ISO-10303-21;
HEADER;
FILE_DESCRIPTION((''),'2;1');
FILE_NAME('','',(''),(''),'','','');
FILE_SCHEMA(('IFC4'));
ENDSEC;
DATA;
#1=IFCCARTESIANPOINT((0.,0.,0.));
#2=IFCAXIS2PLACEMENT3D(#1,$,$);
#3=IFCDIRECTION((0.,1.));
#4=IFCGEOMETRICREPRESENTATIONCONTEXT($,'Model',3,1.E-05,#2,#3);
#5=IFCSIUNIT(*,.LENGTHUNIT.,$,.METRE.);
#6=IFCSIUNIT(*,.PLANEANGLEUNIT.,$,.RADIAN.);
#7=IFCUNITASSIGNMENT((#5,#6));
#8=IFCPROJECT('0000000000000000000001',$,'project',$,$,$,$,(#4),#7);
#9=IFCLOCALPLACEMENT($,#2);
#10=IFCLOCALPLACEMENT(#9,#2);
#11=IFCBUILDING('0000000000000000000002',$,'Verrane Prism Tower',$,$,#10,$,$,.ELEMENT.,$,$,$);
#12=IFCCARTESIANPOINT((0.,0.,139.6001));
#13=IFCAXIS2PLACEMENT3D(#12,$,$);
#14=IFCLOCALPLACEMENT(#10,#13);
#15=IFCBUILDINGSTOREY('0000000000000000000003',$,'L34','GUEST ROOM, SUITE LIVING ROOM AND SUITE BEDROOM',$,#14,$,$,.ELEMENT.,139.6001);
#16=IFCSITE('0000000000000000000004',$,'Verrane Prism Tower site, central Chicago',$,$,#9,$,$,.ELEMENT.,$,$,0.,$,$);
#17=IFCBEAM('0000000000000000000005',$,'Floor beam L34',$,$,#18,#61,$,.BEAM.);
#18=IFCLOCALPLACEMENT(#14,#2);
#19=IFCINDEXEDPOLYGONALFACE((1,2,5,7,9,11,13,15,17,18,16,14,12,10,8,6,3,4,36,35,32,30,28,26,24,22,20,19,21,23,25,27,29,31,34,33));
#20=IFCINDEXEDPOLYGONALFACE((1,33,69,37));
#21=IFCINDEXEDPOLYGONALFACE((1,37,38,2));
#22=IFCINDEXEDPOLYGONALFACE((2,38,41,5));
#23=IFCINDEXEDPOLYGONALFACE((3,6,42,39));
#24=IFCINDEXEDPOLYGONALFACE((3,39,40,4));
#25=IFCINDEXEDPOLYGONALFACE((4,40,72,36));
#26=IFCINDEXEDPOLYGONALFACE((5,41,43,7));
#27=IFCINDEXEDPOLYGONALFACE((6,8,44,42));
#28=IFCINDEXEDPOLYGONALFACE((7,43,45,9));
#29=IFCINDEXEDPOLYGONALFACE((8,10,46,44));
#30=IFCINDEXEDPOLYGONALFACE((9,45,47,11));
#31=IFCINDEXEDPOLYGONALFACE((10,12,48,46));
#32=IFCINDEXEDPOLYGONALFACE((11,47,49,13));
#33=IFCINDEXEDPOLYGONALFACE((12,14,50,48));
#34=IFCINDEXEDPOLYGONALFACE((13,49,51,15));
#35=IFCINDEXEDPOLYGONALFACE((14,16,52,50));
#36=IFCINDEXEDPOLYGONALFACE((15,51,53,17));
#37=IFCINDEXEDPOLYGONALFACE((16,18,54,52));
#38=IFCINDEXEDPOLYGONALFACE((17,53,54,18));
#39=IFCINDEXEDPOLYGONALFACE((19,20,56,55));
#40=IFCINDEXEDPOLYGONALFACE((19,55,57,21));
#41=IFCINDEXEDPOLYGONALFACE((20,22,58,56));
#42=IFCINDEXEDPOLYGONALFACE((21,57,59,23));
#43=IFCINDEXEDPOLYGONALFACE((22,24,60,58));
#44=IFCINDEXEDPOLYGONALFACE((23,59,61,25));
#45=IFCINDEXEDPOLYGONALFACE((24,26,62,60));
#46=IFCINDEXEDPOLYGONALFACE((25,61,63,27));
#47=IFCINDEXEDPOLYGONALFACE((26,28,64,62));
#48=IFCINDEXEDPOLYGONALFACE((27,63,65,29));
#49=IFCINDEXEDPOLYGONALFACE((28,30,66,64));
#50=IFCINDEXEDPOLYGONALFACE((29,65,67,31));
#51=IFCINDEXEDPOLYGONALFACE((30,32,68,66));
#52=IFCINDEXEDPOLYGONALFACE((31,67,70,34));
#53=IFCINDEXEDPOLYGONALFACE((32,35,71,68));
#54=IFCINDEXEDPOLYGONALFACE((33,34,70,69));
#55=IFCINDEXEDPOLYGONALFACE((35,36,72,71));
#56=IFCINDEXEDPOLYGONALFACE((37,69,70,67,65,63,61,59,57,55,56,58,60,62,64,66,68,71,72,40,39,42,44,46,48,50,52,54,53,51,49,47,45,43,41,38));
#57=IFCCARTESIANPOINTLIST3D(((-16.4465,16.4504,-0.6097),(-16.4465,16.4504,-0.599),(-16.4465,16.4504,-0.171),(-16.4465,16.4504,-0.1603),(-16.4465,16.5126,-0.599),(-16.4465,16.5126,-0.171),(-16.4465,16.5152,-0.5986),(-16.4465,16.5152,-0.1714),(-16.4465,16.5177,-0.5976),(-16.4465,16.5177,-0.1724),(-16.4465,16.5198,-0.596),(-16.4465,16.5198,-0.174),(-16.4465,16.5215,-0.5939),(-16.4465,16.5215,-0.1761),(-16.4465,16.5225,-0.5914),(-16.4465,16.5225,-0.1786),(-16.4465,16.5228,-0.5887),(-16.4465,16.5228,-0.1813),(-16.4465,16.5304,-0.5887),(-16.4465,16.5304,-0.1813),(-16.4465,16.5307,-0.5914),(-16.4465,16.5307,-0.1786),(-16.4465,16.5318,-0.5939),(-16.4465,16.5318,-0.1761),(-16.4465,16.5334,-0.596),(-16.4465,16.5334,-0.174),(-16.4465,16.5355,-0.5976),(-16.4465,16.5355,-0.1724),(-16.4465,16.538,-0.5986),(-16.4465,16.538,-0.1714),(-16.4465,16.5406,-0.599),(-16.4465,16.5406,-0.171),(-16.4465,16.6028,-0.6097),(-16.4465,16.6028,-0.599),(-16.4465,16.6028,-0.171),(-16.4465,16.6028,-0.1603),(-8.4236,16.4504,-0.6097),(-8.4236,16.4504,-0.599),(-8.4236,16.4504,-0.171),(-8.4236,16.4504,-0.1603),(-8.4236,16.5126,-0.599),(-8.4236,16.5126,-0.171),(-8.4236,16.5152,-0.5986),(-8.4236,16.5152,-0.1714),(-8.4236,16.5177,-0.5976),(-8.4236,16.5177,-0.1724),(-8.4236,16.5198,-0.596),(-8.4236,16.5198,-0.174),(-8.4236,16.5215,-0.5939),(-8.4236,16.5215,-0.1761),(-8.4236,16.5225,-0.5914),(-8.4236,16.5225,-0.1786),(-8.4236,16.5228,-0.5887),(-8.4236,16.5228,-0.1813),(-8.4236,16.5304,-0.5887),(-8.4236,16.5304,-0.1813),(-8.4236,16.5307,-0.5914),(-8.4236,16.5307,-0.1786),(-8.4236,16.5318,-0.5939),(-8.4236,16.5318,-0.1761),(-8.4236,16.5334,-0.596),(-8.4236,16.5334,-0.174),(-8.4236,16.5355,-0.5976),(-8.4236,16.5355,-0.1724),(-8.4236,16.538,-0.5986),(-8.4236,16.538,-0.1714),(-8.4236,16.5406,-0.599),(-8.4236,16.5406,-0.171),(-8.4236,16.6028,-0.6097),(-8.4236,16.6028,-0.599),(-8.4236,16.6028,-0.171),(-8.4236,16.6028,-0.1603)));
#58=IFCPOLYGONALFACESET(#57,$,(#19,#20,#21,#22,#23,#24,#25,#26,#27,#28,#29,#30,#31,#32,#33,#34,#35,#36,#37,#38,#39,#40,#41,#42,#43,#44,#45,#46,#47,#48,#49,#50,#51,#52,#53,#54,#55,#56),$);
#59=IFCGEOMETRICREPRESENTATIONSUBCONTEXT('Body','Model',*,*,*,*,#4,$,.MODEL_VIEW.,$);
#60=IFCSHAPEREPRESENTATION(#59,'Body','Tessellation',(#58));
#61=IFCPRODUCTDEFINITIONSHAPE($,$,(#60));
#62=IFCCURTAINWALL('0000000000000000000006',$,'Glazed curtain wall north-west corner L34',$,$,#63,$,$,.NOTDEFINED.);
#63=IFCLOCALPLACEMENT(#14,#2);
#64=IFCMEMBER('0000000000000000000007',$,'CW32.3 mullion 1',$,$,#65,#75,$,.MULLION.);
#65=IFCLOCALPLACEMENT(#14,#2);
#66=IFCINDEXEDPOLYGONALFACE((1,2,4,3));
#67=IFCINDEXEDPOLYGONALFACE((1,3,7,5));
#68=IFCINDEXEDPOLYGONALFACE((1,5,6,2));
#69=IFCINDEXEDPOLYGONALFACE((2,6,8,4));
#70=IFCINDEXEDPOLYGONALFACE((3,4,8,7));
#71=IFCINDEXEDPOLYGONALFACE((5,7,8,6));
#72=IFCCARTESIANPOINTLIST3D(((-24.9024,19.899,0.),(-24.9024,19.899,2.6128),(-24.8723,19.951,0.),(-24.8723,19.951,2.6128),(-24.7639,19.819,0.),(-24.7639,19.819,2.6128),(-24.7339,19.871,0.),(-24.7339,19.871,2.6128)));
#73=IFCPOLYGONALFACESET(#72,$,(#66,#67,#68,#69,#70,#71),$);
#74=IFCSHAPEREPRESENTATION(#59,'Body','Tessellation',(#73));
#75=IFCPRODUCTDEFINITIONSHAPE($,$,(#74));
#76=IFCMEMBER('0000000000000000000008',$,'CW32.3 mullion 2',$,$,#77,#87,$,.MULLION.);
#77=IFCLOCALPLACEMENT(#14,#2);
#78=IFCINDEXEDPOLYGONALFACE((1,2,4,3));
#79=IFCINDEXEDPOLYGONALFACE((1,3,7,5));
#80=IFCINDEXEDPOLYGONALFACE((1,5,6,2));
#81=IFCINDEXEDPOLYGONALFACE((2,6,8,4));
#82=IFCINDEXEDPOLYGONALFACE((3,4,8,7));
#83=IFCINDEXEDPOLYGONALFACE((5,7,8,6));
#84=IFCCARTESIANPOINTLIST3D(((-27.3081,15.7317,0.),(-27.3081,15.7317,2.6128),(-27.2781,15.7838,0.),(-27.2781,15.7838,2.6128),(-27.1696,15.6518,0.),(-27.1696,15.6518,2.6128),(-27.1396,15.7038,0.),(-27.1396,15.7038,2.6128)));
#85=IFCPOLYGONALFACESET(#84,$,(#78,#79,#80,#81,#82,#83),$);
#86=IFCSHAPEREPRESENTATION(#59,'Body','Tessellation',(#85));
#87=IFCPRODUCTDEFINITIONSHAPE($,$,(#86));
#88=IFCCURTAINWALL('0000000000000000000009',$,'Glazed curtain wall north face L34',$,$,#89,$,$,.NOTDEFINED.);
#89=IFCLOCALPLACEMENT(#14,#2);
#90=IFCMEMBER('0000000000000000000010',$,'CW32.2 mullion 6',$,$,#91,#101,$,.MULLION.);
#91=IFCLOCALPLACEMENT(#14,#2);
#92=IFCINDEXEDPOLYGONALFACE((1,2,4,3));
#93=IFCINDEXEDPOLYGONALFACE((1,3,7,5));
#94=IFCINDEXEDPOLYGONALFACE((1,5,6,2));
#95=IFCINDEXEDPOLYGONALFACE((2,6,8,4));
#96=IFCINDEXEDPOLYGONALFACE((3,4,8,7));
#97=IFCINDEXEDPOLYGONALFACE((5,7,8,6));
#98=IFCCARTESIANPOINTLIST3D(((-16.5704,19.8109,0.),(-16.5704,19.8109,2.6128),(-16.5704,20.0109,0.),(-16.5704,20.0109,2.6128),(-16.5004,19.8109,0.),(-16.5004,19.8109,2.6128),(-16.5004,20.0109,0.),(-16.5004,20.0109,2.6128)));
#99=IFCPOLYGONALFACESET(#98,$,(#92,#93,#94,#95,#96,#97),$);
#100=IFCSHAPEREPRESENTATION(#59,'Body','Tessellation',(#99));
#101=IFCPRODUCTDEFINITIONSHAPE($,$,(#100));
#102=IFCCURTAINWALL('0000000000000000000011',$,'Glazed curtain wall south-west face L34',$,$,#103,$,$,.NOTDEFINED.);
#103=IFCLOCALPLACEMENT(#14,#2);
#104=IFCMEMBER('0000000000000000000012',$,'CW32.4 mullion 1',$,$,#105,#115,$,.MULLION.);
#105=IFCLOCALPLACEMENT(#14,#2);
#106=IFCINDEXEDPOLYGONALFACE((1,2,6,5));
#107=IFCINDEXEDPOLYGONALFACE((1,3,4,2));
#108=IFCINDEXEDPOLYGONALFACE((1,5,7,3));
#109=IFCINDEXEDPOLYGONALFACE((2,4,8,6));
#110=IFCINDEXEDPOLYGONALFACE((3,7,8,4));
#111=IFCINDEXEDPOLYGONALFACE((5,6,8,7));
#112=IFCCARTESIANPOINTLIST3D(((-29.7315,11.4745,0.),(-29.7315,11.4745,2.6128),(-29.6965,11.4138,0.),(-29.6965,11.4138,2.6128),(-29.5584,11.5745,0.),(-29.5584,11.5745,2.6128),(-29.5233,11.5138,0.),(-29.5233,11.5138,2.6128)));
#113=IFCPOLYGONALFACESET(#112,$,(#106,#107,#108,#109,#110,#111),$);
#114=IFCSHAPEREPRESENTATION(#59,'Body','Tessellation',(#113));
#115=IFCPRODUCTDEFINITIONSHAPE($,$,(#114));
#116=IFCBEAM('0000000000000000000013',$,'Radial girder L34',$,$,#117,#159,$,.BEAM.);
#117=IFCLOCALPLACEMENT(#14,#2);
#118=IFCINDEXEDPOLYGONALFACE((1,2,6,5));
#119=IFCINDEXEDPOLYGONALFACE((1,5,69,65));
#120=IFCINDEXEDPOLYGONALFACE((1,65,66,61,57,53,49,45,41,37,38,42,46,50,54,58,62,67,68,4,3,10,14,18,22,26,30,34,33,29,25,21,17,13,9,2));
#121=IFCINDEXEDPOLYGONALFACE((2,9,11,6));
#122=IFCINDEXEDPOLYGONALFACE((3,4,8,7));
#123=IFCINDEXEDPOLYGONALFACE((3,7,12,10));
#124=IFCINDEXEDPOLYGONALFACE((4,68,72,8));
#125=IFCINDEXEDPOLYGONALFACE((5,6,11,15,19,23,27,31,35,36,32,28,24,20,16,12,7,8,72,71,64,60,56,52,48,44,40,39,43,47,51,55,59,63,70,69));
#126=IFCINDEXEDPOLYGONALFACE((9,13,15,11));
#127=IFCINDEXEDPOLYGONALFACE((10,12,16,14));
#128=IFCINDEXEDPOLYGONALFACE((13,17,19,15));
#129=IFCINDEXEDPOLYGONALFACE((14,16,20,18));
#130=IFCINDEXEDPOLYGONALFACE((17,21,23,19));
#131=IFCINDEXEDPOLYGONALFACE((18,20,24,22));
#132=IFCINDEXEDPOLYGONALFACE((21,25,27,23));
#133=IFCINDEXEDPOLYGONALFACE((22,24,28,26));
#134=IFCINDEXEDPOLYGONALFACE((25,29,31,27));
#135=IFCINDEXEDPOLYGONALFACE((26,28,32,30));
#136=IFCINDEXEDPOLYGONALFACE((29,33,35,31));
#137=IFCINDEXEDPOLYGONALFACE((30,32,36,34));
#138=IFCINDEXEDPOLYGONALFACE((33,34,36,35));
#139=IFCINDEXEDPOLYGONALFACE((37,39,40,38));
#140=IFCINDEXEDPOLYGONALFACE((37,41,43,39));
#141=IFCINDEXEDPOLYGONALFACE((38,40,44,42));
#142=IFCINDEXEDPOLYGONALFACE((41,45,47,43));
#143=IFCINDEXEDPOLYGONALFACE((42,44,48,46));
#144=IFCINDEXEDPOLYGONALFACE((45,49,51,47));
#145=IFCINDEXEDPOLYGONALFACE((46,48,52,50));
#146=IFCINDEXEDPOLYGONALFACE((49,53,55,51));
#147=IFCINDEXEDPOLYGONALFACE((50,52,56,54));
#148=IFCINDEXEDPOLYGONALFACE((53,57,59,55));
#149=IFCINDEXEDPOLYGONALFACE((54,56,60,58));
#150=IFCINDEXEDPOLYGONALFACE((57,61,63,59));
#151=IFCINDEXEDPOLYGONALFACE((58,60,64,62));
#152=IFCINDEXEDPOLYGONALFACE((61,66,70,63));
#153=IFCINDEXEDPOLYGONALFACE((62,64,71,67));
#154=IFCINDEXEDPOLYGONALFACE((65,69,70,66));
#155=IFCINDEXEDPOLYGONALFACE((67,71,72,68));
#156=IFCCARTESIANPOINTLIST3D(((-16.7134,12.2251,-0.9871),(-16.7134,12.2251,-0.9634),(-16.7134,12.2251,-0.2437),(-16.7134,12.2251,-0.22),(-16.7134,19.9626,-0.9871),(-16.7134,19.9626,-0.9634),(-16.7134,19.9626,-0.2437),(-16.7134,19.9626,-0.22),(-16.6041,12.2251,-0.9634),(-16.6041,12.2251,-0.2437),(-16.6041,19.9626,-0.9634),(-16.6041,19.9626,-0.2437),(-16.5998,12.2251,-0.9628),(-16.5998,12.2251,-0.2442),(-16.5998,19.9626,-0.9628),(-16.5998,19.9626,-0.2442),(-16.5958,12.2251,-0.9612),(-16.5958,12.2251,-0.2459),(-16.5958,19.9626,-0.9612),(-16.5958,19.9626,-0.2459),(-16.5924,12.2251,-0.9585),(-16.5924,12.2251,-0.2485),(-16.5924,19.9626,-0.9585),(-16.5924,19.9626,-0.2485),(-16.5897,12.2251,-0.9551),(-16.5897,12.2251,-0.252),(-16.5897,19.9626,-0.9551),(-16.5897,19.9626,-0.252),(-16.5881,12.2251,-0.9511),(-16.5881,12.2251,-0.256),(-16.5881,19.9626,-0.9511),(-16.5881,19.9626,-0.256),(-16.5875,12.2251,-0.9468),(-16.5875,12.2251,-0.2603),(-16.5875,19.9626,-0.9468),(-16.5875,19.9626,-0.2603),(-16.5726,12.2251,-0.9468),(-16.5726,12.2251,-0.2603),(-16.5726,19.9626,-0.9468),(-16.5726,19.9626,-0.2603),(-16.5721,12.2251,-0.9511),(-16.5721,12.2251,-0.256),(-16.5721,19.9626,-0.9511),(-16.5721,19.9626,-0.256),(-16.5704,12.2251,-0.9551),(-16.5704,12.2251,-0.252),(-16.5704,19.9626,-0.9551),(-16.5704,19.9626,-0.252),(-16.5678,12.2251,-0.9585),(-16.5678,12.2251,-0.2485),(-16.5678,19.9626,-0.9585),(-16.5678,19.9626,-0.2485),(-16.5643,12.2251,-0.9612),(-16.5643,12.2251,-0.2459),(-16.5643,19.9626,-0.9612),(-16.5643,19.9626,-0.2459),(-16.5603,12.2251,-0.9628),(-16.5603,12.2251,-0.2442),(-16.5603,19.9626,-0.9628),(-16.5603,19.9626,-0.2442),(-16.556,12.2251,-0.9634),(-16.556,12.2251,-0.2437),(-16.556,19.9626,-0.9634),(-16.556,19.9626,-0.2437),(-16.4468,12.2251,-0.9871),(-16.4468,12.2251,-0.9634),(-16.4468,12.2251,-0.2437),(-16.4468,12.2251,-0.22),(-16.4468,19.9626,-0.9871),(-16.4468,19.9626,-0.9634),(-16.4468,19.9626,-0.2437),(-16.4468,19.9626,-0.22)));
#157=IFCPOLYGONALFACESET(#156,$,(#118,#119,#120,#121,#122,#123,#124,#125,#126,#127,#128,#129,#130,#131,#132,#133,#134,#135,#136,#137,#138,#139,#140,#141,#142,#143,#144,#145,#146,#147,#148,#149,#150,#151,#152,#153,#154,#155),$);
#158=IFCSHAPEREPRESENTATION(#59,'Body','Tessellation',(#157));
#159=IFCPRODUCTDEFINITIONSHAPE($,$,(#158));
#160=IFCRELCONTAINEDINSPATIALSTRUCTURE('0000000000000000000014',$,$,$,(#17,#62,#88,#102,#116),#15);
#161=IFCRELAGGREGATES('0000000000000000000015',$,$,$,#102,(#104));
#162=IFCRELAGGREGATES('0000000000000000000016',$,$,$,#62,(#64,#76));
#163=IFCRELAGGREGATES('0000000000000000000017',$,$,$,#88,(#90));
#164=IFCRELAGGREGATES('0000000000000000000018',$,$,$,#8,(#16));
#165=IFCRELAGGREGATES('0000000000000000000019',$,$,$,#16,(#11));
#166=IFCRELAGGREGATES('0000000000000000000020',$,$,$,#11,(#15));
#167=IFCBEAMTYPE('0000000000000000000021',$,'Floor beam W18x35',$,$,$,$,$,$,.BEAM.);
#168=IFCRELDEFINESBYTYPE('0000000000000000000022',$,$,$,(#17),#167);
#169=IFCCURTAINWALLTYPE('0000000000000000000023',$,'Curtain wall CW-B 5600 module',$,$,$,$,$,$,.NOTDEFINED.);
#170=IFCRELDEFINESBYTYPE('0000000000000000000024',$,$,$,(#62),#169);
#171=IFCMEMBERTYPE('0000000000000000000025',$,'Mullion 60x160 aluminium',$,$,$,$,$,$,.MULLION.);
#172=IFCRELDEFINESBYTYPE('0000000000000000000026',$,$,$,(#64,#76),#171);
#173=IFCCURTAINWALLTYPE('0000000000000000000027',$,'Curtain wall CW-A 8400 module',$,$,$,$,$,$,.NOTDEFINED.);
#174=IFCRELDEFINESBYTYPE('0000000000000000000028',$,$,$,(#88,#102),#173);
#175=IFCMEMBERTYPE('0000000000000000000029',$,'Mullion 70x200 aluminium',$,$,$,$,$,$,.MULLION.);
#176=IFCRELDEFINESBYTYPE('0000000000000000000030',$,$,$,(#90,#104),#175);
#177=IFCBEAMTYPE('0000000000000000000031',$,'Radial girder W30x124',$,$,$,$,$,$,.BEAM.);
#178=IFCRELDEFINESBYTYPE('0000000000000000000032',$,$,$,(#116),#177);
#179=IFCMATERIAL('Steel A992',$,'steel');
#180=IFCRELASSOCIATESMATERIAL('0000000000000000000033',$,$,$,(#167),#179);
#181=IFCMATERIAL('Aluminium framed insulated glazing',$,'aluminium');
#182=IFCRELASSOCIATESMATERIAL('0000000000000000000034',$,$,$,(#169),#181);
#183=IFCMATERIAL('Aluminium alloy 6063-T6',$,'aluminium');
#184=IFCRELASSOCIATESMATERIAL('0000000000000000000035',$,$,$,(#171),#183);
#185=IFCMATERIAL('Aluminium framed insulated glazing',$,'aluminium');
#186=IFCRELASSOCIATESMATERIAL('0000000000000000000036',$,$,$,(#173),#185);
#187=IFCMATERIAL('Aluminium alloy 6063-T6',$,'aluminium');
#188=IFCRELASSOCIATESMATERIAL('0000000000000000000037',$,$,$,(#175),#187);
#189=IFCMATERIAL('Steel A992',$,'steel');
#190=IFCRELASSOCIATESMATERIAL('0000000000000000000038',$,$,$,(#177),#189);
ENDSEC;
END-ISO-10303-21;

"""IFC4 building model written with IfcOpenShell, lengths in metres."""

from ifc_helpers import new_model, si_unit, direction, frame, origin, origin_2d, place, context, subcontext, project, spatial, rectangle, i_section, extrude, material, material_profile, profile_set, type_object, element, aggregate, save


model = new_model("IFC4")

# Units and contexts
model_context = context("Model", 3, precision=1e-05, world=origin(), true_north=direction((0.0, 1.0)))
body_context = subcontext(model_context, "Body", "Model", "MODEL_VIEW")
ifc_project = project(units=[si_unit("LENGTHUNIT", "METRE"), si_unit("PLANEANGLEUNIT", "RADIAN")], contexts=[model_context])

# Site, building, storey
site_placement = place(None, origin())
site = spatial("IfcSite", under=ifc_project, at=site_placement, Name="Verrane Prism Tower site, central Chicago", CompositionType="ELEMENT", RefElevation=0.0)
building_placement = place(site_placement, origin())
building = spatial("IfcBuilding", under=site, at=building_placement, Name="Verrane Prism Tower", CompositionType="ELEMENT")
storey_placement = place(building_placement, frame((0.0, 0.0, 139.6001)))
storey = spatial("IfcBuildingStorey", under=building, at=storey_placement, Name="L34", Description="GUEST ROOM, SUITE LIVING ROOM AND SUITE BEDROOM", CompositionType="ELEMENT", Elevation=139.6001)

# Beam
ifc_material_1 = material(Name="Steel A992", Category="steel")
ifc_material_profile_1 = material_profile(ifc_material_1, i_section(OverallWidth=0.1523, OverallDepth=0.4495, WebThickness=0.0076, FlangeThickness=0.0107, FilletRadius=0.0103, at=origin_2d()), Name="W18x35")
ifc_profile_set_1 = profile_set([ifc_material_profile_1], Name="Steel A992")
beam_type_1 = type_object("IfcBeamType", Name="Floor beam W18x35", PredefinedType="BEAM", material=ifc_profile_set_1)
for number, where, z_axis, x_axis, name in (
    (1, (-16.4465, 16.5266, -0.385), (1.0, 0.0, 0.0), (0.0, 1.0, 0.0), "Floor beam L34"),
):
    element("IfcBeam", number, at=place(storey_placement, frame(where, z_axis=z_axis, x_axis=x_axis)), inside=storey, type_object=beam_type_1, Name=name, PredefinedType="BEAM", context=body_context, shape_type="SweptSolid", body=[
        extrude(i_section(OverallWidth=0.1523, OverallDepth=0.4495, WebThickness=0.0076, FlangeThickness=0.0107, FilletRadius=0.0103, at=origin_2d()), origin(), (0.0, 0.0, 1.0), 8.0229),
    ])

# Curtain wall, members
ifc_material_2 = material(Name="Aluminium framed insulated glazing", Category="aluminium")
curtain_wall_type_1 = type_object("IfcCurtainWallType", Name="Curtain wall CW-B 5600 module", PredefinedType="NOTDEFINED", material=ifc_material_2)
curtain_wall_1_placement = place(storey_placement, origin())
curtain_wall_1 = element("IfcCurtainWall", 2, at=curtain_wall_1_placement, inside=storey, type_object=curtain_wall_type_1, Name="Glazed curtain wall north-west corner L34", PredefinedType="NOTDEFINED")
ifc_material_3 = material(Name="Aluminium alloy 6063-T6", Category="aluminium")
ifc_material_profile_2 = material_profile(ifc_material_3, rectangle(XDim=0.1599, YDim=0.0601, at=origin_2d()), Name="Mullion 60x160 aluminium")
ifc_profile_set_2 = profile_set([ifc_material_profile_2], Name="Aluminium alloy 6063-T6")
member_type_1 = type_object("IfcMemberType", Name="Mullion 60x160 aluminium", PredefinedType="MULLION", material=ifc_profile_set_2)
member_1_placement = place(storey_placement, frame((-24.8181, 19.885, 0.0), z_axis=(0.0, 0.0, 1.0), x_axis=(0.866028, -0.499996, 0.0)))
member_1 = element("IfcMember", 3, at=member_1_placement, type_object=member_type_1, Name="CW32.3 mullion 1", PredefinedType="MULLION", context=body_context, shape_type="SweptSolid", body=[
    extrude(rectangle(XDim=0.1599, YDim=0.0601, at=origin_2d()), origin(), (0.0, 0.0, 1.0), 2.6128),
])
member_2_placement = place(storey_placement, frame((-27.2239, 15.7178, 0.0), z_axis=(0.0, 0.0, 1.0), x_axis=(0.866028, -0.499996, 0.0)))
member_2 = element("IfcMember", 4, at=member_2_placement, type_object=member_type_1, Name="CW32.3 mullion 2", PredefinedType="MULLION", context=body_context, shape_type="SweptSolid", body=[
    extrude(rectangle(XDim=0.1599, YDim=0.0601, at=origin_2d()), origin(), (0.0, 0.0, 1.0), 2.6128),
])

# Curtain walls, members
ifc_material_4 = material(Name="Aluminium framed insulated glazing", Category="aluminium")
curtain_wall_type_2 = type_object("IfcCurtainWallType", Name="Curtain wall CW-A 8400 module", PredefinedType="NOTDEFINED", material=ifc_material_4)
curtain_wall_2_placement = place(storey_placement, origin())
curtain_wall_2 = element("IfcCurtainWall", 5, at=curtain_wall_2_placement, inside=storey, type_object=curtain_wall_type_2, Name="Glazed curtain wall north face L34", PredefinedType="NOTDEFINED")
ifc_material_5 = material(Name="Aluminium alloy 6063-T6", Category="aluminium")
ifc_material_profile_3 = material_profile(ifc_material_5, rectangle(XDim=0.2, YDim=0.0701, at=origin_2d()), Name="Mullion 70x200 aluminium")
ifc_profile_set_3 = profile_set([ifc_material_profile_3], Name="Aluminium alloy 6063-T6")
member_type_2 = type_object("IfcMemberType", Name="Mullion 70x200 aluminium", PredefinedType="MULLION", material=ifc_profile_set_3)
member_3_placement = place(storey_placement, frame((-16.5354, 19.9109, 0.0), z_axis=(0.0, 0.0, 1.0), x_axis=(0.0, -1.0, 0.0)))
member_3 = element("IfcMember", 6, at=member_3_placement, type_object=member_type_2, Name="CW32.2 mullion 6", PredefinedType="MULLION", context=body_context, shape_type="SweptSolid", body=[
    extrude(rectangle(XDim=0.2, YDim=0.0701, at=origin_2d()), origin(), (0.0, 0.0, 1.0), 2.6128),
])
curtain_wall_3_placement = place(storey_placement, origin())
curtain_wall_3 = element("IfcCurtainWall", 7, at=curtain_wall_3_placement, inside=storey, type_object=curtain_wall_type_2, Name="Glazed curtain wall south-west face L34", PredefinedType="NOTDEFINED")
member_4_placement = place(storey_placement, frame((-29.6274, 11.4941, 0.0), z_axis=(0.0, 0.0, 1.0), x_axis=(0.866025, 0.5, 0.0)))
member_4 = element("IfcMember", 8, at=member_4_placement, type_object=member_type_2, Name="CW32.4 mullion 1", PredefinedType="MULLION", context=body_context, shape_type="SweptSolid", body=[
    extrude(rectangle(XDim=0.2, YDim=0.0701, at=origin_2d()), origin(), (0.0, 0.0, 1.0), 2.6128),
])

# Beam
ifc_material_6 = material(Name="Steel A992", Category="steel")
ifc_material_profile_4 = material_profile(ifc_material_6, i_section(OverallWidth=0.2666, OverallDepth=0.7671, WebThickness=0.0149, FlangeThickness=0.0237, FilletRadius=0.0166, at=origin_2d()), Name="W30x124")
ifc_profile_set_4 = profile_set([ifc_material_profile_4], Name="Steel A992")
beam_type_2 = type_object("IfcBeamType", Name="Radial girder W30x124", PredefinedType="BEAM", material=ifc_profile_set_4)
beam_1_placement = place(storey_placement, frame((-16.5801, 19.9626, -0.6035), z_axis=(0.0, -1.0, 0.0), x_axis=(1.0, 0.0, 0.0)))
element("IfcBeam", 9, at=beam_1_placement, inside=storey, type_object=beam_type_2, Name="Radial girder L34", PredefinedType="BEAM", context=body_context, shape_type="SweptSolid", body=[
    extrude(i_section(OverallWidth=0.2666, OverallDepth=0.7671, WebThickness=0.0149, FlangeThickness=0.0237, FilletRadius=0.0166, at=origin_2d()), origin(), (0.0, 0.0, 1.0), 7.7375),
])

aggregate(curtain_wall_3, [member_4])

aggregate(curtain_wall_1, [member_1, member_2])
aggregate(curtain_wall_2, [member_3])

save(model, "model.ifc")
